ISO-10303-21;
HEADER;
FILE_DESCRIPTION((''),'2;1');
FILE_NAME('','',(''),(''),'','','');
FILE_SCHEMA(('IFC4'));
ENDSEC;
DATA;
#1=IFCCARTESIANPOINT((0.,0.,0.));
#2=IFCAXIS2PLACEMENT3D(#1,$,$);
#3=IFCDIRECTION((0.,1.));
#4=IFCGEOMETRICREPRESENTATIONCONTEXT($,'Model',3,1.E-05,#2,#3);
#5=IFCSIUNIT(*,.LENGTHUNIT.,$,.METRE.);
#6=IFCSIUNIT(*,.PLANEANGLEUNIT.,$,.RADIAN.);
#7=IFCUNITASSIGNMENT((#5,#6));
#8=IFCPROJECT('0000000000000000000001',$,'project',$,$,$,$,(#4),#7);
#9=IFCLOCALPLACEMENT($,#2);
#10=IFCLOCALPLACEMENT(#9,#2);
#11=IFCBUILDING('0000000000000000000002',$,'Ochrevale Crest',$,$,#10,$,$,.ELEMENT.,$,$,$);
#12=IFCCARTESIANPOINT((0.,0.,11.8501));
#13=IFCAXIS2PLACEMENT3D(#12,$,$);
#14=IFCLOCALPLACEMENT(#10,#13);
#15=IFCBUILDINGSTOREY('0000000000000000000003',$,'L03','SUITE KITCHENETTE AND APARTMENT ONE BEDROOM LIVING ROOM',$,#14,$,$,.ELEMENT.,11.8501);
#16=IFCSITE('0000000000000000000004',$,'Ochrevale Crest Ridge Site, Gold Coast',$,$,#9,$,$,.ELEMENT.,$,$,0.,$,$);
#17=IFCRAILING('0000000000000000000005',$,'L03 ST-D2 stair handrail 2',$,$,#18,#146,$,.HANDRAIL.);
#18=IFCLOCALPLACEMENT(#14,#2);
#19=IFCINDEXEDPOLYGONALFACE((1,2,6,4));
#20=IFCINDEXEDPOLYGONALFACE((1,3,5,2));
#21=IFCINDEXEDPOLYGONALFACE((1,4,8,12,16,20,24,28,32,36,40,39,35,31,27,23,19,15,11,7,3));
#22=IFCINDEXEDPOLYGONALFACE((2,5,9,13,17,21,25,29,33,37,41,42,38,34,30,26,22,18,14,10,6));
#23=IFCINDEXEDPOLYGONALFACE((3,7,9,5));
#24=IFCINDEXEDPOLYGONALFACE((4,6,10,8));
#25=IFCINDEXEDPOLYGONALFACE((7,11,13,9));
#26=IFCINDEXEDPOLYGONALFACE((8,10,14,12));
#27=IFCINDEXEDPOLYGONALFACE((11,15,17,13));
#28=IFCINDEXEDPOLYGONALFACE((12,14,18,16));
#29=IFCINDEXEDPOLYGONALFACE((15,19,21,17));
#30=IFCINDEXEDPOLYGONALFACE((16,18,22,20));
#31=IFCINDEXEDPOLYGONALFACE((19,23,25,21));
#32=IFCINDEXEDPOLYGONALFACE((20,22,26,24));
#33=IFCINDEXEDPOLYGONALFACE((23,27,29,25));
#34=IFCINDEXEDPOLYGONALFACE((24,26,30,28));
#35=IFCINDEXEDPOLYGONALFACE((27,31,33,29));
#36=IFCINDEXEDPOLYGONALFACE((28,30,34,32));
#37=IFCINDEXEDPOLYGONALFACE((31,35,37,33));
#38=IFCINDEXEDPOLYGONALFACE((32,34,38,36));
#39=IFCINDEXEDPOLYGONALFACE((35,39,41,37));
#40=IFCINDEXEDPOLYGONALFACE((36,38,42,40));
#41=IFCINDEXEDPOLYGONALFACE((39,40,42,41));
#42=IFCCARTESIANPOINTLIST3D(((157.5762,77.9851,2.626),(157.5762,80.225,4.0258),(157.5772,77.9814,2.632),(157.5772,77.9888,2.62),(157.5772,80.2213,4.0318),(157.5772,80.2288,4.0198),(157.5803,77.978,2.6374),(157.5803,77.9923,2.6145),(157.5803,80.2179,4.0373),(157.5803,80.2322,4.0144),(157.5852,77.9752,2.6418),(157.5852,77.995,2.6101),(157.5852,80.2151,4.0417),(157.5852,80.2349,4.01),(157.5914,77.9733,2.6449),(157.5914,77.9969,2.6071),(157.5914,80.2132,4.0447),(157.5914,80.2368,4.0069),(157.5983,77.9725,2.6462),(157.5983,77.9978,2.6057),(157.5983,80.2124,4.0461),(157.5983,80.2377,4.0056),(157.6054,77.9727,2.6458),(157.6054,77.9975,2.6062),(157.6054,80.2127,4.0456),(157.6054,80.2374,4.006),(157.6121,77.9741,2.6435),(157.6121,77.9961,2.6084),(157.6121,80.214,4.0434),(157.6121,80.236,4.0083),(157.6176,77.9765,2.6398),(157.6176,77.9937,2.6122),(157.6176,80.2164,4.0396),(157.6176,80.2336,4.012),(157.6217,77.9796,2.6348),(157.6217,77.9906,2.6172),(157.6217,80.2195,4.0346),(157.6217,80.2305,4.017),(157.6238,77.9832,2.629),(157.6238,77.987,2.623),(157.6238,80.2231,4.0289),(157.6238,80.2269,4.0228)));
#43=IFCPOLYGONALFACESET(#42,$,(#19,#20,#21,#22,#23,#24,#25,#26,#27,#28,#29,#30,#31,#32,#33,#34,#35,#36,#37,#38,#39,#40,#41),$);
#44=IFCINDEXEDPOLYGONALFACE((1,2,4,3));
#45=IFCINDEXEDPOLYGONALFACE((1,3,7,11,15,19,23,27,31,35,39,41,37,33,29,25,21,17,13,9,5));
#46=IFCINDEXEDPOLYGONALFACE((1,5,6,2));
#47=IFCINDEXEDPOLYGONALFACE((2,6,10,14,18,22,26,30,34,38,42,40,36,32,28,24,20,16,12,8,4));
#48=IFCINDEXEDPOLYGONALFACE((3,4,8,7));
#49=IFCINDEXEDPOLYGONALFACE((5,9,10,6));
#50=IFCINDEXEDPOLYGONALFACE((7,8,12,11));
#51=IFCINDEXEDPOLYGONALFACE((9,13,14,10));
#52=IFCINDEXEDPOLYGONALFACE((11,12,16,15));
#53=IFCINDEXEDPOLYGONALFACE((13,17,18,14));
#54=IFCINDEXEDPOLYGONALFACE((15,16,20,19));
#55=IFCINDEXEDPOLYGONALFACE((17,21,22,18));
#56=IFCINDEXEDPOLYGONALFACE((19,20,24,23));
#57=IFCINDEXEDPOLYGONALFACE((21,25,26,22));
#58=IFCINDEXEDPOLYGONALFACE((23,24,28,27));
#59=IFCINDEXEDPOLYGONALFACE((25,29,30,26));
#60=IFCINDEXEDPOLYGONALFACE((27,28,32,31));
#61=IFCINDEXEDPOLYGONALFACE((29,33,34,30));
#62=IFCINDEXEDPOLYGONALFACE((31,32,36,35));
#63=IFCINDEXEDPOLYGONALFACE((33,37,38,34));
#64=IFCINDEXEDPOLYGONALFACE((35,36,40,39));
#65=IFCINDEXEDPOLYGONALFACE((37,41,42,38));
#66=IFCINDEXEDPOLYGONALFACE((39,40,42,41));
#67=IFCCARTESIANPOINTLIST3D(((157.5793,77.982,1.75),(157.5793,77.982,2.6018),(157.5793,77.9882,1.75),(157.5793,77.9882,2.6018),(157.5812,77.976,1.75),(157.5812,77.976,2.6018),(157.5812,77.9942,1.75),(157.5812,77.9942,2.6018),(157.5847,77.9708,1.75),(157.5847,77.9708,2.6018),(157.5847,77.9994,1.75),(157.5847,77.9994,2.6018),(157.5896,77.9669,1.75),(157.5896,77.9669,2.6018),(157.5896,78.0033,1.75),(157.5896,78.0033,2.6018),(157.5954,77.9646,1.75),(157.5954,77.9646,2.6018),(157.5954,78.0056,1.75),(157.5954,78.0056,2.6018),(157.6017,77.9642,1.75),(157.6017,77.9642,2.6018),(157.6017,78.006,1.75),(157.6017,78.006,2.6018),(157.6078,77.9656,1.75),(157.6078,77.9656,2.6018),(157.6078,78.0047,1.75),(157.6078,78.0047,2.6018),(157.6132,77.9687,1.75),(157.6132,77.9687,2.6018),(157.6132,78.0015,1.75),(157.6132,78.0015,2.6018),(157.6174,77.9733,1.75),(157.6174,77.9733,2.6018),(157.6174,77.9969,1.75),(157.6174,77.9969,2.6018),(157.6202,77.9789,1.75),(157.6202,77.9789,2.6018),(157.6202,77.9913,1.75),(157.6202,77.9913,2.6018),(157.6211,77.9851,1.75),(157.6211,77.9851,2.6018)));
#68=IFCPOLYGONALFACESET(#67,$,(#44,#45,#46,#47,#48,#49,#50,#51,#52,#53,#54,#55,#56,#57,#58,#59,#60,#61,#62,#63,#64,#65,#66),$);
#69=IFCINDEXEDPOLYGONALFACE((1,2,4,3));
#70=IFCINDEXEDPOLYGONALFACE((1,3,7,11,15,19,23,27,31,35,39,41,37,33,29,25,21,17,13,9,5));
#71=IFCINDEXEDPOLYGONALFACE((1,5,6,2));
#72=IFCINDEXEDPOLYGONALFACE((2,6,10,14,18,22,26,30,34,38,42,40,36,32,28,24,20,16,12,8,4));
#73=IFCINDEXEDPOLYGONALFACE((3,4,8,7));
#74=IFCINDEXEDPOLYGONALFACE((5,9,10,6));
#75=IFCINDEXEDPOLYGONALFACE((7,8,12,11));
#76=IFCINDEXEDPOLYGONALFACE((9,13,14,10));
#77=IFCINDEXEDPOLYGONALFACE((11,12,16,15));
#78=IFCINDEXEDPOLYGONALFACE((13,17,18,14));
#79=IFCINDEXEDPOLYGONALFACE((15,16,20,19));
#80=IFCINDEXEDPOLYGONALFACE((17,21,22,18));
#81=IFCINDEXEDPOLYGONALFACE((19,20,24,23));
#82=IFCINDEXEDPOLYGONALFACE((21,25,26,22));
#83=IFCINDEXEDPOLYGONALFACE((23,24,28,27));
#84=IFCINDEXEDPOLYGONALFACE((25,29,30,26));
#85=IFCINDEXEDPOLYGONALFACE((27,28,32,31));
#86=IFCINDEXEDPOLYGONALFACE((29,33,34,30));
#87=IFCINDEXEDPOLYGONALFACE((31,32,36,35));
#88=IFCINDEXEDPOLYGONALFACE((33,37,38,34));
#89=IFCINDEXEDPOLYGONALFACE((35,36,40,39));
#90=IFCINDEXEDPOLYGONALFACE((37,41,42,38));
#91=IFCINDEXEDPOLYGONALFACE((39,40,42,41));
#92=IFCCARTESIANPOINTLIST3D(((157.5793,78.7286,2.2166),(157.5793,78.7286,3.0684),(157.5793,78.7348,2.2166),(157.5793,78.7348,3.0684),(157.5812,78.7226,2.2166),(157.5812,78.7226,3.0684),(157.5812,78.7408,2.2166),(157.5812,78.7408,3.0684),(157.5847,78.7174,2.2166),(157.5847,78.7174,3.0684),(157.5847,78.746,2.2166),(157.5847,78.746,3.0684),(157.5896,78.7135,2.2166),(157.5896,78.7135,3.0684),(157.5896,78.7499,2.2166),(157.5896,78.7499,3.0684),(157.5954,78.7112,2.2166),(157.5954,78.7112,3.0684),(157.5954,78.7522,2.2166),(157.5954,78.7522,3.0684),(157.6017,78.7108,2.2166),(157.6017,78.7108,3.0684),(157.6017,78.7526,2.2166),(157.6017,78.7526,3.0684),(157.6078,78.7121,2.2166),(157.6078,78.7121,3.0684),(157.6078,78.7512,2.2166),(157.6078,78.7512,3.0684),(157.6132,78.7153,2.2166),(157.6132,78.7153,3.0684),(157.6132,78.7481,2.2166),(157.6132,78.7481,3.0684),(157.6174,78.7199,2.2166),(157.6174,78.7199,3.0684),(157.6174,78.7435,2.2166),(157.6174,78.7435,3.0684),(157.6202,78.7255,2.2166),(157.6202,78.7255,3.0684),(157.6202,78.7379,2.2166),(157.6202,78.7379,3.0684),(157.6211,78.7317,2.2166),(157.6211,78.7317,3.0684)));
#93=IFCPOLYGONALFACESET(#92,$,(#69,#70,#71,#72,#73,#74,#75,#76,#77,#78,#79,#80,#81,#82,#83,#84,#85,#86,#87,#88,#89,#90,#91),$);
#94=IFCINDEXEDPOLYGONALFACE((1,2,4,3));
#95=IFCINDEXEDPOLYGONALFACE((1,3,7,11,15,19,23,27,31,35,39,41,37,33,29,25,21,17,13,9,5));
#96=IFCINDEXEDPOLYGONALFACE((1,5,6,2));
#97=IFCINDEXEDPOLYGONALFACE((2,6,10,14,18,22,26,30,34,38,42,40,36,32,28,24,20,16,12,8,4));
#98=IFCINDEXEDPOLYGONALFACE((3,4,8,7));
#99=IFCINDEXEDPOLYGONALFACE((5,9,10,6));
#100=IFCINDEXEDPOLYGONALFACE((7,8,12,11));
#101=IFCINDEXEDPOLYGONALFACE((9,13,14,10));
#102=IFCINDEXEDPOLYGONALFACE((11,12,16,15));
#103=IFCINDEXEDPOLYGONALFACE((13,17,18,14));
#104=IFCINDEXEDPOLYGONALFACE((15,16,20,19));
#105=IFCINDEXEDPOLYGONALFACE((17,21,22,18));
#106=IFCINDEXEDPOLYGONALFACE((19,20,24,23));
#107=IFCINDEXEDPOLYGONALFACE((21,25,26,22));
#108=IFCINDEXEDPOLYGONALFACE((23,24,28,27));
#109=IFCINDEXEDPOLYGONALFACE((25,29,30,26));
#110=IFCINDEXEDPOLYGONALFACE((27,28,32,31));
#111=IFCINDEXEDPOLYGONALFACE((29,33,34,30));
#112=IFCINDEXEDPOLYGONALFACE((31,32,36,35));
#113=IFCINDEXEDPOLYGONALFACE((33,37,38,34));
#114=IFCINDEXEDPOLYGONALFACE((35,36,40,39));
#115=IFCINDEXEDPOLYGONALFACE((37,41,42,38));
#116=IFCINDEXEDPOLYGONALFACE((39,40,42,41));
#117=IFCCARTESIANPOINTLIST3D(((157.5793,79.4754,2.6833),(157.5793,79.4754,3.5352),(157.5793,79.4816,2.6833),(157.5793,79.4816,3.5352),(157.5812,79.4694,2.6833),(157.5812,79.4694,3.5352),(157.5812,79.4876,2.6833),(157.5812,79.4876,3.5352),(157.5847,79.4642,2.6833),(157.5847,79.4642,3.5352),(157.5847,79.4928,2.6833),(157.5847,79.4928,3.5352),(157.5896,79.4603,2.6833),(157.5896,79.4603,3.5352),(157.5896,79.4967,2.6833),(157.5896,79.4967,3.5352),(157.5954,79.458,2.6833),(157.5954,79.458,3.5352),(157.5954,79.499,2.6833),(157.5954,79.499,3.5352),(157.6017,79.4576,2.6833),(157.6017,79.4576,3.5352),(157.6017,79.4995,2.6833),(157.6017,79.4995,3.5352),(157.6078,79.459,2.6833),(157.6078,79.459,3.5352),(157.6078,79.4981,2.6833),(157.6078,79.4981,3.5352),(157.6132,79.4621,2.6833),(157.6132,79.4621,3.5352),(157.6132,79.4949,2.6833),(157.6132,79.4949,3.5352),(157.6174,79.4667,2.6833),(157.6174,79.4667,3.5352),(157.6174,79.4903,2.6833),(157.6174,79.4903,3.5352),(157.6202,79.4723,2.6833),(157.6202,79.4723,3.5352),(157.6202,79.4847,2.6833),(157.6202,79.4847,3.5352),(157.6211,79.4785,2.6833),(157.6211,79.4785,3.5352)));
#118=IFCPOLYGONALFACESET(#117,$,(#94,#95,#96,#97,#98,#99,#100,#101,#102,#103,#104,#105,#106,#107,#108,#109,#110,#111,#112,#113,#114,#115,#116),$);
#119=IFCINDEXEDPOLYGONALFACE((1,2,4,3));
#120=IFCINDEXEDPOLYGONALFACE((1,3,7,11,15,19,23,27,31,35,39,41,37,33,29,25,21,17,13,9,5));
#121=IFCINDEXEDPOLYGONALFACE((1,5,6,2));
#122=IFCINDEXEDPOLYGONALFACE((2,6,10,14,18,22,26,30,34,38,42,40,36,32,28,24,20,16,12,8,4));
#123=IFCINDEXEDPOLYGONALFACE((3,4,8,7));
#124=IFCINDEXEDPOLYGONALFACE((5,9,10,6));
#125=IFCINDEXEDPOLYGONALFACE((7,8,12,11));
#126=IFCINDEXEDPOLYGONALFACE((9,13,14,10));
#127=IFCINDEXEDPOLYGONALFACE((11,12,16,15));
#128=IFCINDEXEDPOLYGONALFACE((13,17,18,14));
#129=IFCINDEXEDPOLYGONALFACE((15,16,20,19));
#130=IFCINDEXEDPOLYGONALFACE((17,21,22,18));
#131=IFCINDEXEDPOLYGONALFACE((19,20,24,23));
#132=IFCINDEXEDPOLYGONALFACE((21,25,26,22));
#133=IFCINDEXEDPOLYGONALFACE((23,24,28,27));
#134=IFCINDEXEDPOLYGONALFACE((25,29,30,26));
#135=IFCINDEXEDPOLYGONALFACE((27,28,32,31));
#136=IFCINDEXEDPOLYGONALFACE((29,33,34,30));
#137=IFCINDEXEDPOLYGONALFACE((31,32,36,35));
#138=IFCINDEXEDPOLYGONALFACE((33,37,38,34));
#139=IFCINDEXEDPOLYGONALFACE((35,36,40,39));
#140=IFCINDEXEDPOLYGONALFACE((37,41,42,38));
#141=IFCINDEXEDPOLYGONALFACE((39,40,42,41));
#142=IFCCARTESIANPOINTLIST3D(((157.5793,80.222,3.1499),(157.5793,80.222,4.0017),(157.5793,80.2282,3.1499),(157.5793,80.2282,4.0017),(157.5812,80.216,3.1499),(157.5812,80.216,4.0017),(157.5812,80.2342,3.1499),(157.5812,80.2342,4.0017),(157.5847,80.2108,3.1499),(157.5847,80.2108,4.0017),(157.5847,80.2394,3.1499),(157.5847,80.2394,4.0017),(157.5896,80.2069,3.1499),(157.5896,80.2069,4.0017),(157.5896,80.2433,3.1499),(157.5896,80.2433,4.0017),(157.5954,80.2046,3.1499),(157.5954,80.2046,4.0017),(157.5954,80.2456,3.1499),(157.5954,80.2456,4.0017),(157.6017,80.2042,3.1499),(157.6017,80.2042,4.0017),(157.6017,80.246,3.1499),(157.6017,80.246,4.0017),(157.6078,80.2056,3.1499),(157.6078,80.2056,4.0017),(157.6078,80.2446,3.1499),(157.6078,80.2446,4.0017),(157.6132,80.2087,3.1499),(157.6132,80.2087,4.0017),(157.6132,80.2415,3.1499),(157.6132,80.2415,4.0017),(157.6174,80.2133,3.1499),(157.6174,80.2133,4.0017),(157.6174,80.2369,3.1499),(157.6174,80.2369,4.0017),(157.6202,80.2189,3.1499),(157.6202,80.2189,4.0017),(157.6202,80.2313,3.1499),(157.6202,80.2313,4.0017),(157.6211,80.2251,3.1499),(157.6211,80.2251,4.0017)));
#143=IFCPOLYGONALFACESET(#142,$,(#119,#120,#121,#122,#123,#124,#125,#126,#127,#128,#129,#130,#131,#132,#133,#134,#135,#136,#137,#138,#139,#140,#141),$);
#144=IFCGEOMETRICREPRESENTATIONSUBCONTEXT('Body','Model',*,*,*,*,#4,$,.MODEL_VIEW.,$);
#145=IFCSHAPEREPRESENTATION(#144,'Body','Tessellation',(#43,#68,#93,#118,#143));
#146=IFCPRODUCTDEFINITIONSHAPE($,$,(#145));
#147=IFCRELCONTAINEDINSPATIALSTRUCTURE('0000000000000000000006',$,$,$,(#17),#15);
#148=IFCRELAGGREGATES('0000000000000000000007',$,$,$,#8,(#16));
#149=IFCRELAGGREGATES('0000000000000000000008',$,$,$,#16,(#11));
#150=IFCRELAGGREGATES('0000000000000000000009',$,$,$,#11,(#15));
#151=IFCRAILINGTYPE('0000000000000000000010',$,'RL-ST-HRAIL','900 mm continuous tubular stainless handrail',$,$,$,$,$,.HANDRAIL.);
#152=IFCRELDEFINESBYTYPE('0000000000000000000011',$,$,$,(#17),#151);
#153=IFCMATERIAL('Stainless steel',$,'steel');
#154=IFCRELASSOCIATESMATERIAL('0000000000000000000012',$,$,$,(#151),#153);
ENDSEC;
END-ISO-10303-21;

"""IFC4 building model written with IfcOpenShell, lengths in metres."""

from ifc_helpers import new_model, si_unit, direction, frame, origin, origin_2d, place, context, subcontext, project, spatial, circle, extrude, material, type_object, element, save


model = new_model("IFC4")

# Units and contexts
model_context = context("Model", 3, precision=1e-05, world=origin(), true_north=direction((0.0, 1.0)))
body_context = subcontext(model_context, "Body", "Model", "MODEL_VIEW")
ifc_project = project(units=[si_unit("LENGTHUNIT", "METRE"), si_unit("PLANEANGLEUNIT", "RADIAN")], contexts=[model_context])

# Site, building, storey
site_placement = place(None, origin())
site = spatial("IfcSite", under=ifc_project, at=site_placement, Name="Ochrevale Crest Ridge Site, Gold Coast", CompositionType="ELEMENT", RefElevation=0.0)
building_placement = place(site_placement, origin())
building = spatial("IfcBuilding", under=site, at=building_placement, Name="Ochrevale Crest", CompositionType="ELEMENT")
storey_placement = place(building_placement, frame((0.0, 0.0, 11.8501)))
storey = spatial("IfcBuildingStorey", under=building, at=storey_placement, Name="L03", Description="SUITE KITCHENETTE AND APARTMENT ONE BEDROOM LIVING ROOM", CompositionType="ELEMENT", Elevation=11.8501)

# Railing
ifc_material_1 = material(Name="Stainless steel", Category="steel")
railing_type = type_object("IfcRailingType", Name="RL-ST-HRAIL", Description="900 mm continuous tubular stainless handrail", PredefinedType="HANDRAIL", material=ifc_material_1)
railing_placement = place(storey_placement, frame((157.6001, 77.9851, 1.75)))
element("IfcRailing", 1, at=railing_placement, inside=storey, type_object=railing_type, Name="L03 ST-D2 stair handrail 2", PredefinedType="HANDRAIL", context=body_context, shape_type="SweptSolid", body=[
    extrude(circle(Radius=0.0239, at=origin_2d()), frame((0.0, 0.0, 0.876), z_axis=(0.0, 0.848014, 0.529974), x_axis=(-1.0, 0.0, 0.0)), (0.0, 0.0, 1.0), 2.6414),
    extrude(circle(Radius=0.021, at=origin_2d()), origin(), (0.0, 0.0, 1.0), 0.8518),
    extrude(circle(Radius=0.021, at=origin_2d()), frame((0.0, 0.7466, 0.4666)), (0.0, 0.0, 1.0), 0.8518),
    extrude(circle(Radius=0.021, at=origin_2d()), frame((0.0, 1.4934, 0.9333)), (0.0, 0.0, 1.0), 0.8518),
    extrude(circle(Radius=0.021, at=origin_2d()), frame((0.0, 2.24, 1.3999)), (0.0, 0.0, 1.0), 0.8518),
])

save(model, "model.ifc")
